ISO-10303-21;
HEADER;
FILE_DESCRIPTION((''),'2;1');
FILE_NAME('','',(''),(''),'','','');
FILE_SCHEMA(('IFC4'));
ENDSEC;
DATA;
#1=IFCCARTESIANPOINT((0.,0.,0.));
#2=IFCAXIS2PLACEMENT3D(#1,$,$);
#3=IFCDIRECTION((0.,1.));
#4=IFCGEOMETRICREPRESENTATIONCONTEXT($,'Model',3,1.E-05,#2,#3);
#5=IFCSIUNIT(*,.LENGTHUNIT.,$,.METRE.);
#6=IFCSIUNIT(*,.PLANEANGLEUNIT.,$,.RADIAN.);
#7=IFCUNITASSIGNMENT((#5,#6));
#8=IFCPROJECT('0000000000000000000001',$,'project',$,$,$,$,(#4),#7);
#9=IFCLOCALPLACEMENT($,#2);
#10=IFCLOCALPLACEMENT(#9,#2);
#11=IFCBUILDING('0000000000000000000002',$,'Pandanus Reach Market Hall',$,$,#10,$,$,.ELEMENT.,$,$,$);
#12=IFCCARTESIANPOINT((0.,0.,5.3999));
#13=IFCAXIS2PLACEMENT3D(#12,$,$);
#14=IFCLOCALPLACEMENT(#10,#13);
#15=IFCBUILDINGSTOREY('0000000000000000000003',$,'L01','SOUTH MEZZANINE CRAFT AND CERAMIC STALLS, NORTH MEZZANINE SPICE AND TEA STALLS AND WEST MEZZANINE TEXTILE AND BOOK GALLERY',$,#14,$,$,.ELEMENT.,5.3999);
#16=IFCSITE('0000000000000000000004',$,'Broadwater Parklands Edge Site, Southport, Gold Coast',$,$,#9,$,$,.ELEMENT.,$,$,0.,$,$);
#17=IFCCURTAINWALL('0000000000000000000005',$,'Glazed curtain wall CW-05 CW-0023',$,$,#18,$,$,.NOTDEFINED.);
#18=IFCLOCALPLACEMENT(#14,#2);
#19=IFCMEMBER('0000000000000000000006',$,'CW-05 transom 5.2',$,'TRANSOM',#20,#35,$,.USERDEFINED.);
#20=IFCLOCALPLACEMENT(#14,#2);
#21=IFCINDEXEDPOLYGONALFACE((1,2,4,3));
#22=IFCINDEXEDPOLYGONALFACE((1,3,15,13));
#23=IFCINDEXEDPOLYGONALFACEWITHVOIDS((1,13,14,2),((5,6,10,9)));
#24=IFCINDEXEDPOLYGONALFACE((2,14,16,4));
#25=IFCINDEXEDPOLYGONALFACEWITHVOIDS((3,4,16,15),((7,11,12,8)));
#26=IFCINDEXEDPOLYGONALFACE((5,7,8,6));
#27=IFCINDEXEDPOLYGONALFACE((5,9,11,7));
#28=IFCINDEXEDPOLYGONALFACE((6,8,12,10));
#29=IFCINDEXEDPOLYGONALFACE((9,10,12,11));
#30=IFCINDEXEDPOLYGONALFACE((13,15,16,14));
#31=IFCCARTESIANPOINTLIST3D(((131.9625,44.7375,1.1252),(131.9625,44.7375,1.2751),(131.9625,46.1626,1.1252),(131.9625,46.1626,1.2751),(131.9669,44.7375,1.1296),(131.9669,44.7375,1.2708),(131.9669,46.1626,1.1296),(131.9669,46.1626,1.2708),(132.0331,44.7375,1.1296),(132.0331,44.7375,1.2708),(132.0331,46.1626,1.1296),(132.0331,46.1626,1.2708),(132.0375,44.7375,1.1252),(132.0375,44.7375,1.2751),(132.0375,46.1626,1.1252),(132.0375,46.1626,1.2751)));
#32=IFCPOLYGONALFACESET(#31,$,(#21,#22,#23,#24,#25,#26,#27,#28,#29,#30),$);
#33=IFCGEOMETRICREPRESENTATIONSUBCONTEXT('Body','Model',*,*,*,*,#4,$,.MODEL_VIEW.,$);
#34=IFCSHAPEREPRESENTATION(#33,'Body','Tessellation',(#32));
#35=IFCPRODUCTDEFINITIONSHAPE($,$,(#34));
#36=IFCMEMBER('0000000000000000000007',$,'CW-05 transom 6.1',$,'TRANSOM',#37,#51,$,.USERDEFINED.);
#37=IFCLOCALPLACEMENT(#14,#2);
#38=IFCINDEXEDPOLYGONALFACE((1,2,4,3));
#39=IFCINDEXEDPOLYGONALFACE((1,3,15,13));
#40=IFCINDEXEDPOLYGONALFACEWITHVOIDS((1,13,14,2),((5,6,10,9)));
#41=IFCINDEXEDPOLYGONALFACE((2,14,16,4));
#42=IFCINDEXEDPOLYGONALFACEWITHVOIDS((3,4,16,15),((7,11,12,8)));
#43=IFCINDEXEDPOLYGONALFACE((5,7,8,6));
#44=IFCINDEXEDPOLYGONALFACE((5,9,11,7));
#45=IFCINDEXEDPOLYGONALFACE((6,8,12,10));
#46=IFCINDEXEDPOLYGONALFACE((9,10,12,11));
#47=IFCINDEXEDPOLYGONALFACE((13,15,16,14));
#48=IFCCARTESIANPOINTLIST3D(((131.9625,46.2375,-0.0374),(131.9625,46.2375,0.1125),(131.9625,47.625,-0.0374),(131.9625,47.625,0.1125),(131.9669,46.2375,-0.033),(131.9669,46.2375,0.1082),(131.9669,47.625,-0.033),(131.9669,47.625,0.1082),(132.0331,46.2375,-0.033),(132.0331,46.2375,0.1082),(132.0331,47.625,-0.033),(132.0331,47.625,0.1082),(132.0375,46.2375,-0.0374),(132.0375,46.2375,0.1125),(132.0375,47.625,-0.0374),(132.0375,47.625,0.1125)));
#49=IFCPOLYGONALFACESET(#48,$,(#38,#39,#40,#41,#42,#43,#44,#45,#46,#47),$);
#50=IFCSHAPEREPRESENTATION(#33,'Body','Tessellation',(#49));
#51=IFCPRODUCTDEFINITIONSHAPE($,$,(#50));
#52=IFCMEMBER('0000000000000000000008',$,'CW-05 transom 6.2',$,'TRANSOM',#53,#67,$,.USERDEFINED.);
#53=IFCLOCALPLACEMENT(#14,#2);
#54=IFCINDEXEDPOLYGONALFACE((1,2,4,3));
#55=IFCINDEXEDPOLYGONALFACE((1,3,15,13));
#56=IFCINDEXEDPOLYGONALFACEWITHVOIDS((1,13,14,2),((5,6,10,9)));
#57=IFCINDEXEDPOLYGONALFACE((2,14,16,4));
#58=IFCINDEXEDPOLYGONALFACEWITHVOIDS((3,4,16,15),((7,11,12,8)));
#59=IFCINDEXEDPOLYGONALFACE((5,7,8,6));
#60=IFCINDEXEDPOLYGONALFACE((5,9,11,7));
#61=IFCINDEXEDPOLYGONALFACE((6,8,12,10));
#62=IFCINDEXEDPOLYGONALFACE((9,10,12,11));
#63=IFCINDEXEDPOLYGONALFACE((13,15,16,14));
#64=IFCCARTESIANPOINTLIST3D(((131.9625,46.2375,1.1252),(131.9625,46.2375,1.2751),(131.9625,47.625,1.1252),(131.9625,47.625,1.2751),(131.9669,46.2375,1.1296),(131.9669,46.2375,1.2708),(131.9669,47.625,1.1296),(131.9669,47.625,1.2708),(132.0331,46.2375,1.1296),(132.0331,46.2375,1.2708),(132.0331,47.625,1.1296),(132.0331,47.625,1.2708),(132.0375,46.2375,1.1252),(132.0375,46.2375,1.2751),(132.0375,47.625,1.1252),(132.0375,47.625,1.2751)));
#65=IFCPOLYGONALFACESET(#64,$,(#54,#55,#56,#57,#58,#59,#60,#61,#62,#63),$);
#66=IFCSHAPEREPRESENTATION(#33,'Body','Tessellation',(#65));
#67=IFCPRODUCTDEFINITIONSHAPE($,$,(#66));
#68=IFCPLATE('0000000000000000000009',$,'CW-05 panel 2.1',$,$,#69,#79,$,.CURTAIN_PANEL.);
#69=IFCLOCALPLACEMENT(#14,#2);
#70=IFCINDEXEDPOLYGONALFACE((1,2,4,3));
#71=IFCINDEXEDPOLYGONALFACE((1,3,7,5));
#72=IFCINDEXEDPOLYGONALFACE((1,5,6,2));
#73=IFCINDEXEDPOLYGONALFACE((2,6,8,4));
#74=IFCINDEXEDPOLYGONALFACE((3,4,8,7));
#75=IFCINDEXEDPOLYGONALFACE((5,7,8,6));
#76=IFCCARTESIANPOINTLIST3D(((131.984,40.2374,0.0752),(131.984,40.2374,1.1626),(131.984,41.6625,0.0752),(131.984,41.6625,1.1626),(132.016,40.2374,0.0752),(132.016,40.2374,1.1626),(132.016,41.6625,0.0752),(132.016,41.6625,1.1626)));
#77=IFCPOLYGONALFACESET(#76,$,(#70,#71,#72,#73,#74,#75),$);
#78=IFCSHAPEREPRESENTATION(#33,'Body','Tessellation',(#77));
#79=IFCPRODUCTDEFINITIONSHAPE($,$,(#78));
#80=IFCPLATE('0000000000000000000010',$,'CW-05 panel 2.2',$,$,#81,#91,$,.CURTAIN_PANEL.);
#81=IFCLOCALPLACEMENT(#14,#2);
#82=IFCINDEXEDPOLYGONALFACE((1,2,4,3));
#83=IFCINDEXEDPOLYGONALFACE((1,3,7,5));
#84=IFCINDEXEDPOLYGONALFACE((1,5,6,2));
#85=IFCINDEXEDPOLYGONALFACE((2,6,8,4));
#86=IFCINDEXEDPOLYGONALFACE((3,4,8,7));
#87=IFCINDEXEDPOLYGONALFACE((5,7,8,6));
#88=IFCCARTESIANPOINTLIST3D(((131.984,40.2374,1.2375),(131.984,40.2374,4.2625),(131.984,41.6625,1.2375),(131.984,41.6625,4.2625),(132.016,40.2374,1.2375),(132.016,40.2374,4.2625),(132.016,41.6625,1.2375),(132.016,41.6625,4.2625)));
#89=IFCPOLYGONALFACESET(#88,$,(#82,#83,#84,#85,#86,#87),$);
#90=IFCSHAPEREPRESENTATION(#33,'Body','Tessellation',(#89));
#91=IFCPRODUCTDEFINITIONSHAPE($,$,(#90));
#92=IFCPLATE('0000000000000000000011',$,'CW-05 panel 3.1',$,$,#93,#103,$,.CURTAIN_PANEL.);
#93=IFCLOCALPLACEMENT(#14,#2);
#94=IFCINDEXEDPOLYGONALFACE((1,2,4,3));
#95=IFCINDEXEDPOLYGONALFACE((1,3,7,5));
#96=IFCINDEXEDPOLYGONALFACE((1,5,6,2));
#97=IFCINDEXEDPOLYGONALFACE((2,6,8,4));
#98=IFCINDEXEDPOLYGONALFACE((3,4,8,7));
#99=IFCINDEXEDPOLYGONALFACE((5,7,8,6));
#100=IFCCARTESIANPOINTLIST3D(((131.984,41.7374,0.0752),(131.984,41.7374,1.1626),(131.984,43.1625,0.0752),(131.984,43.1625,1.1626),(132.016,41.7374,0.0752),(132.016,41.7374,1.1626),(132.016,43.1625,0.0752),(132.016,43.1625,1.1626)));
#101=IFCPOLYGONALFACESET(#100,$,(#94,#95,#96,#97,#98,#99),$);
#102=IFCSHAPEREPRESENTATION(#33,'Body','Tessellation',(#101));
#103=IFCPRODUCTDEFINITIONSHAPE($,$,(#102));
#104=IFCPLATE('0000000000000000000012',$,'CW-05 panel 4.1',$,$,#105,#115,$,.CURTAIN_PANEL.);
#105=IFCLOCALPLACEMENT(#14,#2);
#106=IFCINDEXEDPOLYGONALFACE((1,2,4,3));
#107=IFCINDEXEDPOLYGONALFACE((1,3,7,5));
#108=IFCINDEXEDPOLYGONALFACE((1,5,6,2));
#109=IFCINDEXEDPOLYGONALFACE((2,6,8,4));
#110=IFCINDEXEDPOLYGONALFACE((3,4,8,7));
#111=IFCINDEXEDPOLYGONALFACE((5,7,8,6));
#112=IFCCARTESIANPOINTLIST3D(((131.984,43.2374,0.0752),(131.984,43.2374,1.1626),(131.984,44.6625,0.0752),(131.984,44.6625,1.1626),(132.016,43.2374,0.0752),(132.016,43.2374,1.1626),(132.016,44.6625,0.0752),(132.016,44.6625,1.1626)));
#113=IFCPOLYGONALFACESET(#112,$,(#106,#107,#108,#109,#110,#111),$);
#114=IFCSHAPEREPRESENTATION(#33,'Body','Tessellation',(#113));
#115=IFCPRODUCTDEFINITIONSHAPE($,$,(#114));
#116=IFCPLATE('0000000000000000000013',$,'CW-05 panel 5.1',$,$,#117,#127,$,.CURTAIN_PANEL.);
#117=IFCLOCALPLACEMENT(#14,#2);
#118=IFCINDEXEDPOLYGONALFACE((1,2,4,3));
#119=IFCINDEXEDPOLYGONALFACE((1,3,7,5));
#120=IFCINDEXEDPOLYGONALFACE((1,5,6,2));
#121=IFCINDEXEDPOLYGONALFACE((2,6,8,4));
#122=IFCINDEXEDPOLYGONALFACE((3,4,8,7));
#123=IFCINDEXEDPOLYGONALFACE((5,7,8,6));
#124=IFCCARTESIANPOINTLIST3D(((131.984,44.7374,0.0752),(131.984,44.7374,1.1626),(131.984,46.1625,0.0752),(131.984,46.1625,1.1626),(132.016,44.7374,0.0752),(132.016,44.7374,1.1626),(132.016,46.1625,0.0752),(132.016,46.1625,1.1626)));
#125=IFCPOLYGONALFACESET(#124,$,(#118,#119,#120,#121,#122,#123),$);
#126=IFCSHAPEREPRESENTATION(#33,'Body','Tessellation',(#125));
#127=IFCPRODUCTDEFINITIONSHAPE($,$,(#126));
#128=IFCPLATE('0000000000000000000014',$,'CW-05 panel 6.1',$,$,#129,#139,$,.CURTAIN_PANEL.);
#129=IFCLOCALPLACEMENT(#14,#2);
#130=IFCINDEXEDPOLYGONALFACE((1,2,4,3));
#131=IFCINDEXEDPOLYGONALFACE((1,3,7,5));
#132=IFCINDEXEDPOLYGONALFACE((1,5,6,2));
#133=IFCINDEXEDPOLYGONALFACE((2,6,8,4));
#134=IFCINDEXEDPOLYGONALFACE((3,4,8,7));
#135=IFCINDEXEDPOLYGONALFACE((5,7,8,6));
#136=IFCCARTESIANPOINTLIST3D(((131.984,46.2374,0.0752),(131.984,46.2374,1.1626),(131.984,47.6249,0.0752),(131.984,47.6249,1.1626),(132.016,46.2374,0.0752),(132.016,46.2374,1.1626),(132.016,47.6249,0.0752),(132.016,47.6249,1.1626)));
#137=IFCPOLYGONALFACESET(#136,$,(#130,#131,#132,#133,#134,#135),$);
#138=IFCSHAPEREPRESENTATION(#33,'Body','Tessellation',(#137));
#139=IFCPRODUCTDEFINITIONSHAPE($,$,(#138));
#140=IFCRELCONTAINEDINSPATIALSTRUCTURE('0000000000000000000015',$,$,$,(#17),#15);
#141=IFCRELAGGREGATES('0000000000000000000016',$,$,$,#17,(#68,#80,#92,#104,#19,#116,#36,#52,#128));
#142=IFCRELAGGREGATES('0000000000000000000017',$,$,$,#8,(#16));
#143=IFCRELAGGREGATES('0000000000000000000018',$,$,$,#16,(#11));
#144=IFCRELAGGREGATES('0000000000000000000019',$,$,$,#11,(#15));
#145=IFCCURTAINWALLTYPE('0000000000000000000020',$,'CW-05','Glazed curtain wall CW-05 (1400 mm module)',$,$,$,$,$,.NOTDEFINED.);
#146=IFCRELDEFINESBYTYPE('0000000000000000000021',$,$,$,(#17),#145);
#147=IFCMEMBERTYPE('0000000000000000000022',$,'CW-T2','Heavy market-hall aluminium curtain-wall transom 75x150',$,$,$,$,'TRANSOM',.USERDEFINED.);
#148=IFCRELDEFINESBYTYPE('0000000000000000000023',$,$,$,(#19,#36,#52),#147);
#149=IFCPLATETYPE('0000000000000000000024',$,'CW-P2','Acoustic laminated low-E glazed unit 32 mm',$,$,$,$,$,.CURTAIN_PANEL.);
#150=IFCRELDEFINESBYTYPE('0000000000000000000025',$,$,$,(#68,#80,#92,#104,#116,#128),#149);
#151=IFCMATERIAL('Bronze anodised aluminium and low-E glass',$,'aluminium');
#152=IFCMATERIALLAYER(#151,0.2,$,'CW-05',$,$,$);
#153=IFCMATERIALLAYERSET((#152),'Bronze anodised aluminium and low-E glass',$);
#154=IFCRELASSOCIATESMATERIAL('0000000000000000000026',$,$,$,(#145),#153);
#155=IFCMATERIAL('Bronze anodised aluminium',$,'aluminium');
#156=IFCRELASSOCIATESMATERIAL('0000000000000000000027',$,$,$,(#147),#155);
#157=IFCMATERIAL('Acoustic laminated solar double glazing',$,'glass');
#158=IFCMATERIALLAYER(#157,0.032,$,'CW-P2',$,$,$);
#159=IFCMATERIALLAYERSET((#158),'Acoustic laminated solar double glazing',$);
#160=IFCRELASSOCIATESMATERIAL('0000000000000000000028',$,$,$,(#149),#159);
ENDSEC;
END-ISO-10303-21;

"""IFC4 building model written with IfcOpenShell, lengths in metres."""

from ifc_helpers import new_model, si_unit, direction, frame, origin, origin_2d, place, context, subcontext, project, spatial, rectangle, hollow_rectangle, extrude, material, layer, layer_set, material_profile, profile_set, type_object, element, aggregate, save


model = new_model("IFC4")

# Units and contexts
model_context = context("Model", 3, precision=1e-05, world=origin(), true_north=direction((0.0, 1.0)))
body_context = subcontext(model_context, "Body", "Model", "MODEL_VIEW")
ifc_project = project(units=[si_unit("LENGTHUNIT", "METRE"), si_unit("PLANEANGLEUNIT", "RADIAN")], contexts=[model_context])

# Site, building, storey
site_placement = place(None, origin())
site = spatial("IfcSite", under=ifc_project, at=site_placement, Name="Broadwater Parklands Edge Site, Southport, Gold Coast", CompositionType="ELEMENT", RefElevation=0.0)
building_placement = place(site_placement, origin())
building = spatial("IfcBuilding", under=site, at=building_placement, Name="Pandanus Reach Market Hall", CompositionType="ELEMENT")
storey_placement = place(building_placement, frame((0.0, 0.0, 5.3999)))
storey = spatial("IfcBuildingStorey", under=building, at=storey_placement, Name="L01", Description="SOUTH MEZZANINE CRAFT AND CERAMIC STALLS, NORTH MEZZANINE SPICE AND TEA STALLS AND WEST MEZZANINE TEXTILE AND BOOK GALLERY", CompositionType="ELEMENT", Elevation=5.3999)

# Curtain wall, members, plates
ifc_material_1 = material(Name="Bronze anodised aluminium and low-E glass", Category="aluminium")
ifc_layer_1 = layer(ifc_material_1, 0.2, Name="CW-05")
ifc_layer_set_1 = layer_set([ifc_layer_1], Name="Bronze anodised aluminium and low-E glass")
curtain_wall_type = type_object("IfcCurtainWallType", Name="CW-05", Description="Glazed curtain wall CW-05 (1400 mm module)", PredefinedType="NOTDEFINED", material=ifc_layer_set_1)
curtain_wall_placement = place(storey_placement, origin())
curtain_wall = element("IfcCurtainWall", 1, at=curtain_wall_placement, inside=storey, type_object=curtain_wall_type, Name="Glazed curtain wall CW-05 CW-0023", PredefinedType="NOTDEFINED")
ifc_material_2 = material(Name="Bronze anodised aluminium", Category="aluminium")
ifc_material_profile_1 = material_profile(ifc_material_2, hollow_rectangle(XDim=0.075, YDim=0.1499, WallThickness=0.0044, at=origin_2d()), Name="ALU75x150", Category="LoadBearing")
ifc_profile_set_1 = profile_set([ifc_material_profile_1], Name="Bronze anodised aluminium")
member_type_1 = type_object("IfcMemberType", Name="CW-T2", Description="Heavy market-hall aluminium curtain-wall transom 75x150", ElementType="TRANSOM", PredefinedType="USERDEFINED", material=ifc_profile_set_1)
member_1_placement = place(storey_placement, frame((132.0, 44.7375, 1.2002), z_axis=(0.0, 1.0, 0.0), x_axis=(-1.0, 0.0, 0.0)))
member_1 = element("IfcMember", 2, at=member_1_placement, type_object=member_type_1, Name="CW-05 transom 5.2", ObjectType="TRANSOM", PredefinedType="USERDEFINED", context=body_context, shape_type="SweptSolid", body=[
    extrude(hollow_rectangle(XDim=0.075, YDim=0.1499, WallThickness=0.0044, at=origin_2d()), origin(), (0.0, 0.0, 1.0), 1.425),
])
member_2_placement = place(storey_placement, frame((132.0, 46.2375, 0.0376), z_axis=(0.0, 1.0, 0.0), x_axis=(-1.0, 0.0, 0.0)))
member_2 = element("IfcMember", 3, at=member_2_placement, type_object=member_type_1, Name="CW-05 transom 6.1", ObjectType="TRANSOM", PredefinedType="USERDEFINED", context=body_context, shape_type="SweptSolid", body=[
    extrude(hollow_rectangle(XDim=0.075, YDim=0.1499, WallThickness=0.0044, at=origin_2d()), origin(), (0.0, 0.0, 1.0), 1.3875),
])
member_3_placement = place(storey_placement, frame((132.0, 46.2375, 1.2002), z_axis=(0.0, 1.0, 0.0), x_axis=(-1.0, 0.0, 0.0)))
member_3 = element("IfcMember", 4, at=member_3_placement, type_object=member_type_1, Name="CW-05 transom 6.2", ObjectType="TRANSOM", PredefinedType="USERDEFINED", context=body_context, shape_type="SweptSolid", body=[
    extrude(hollow_rectangle(XDim=0.075, YDim=0.1499, WallThickness=0.0044, at=origin_2d()), origin(), (0.0, 0.0, 1.0), 1.3875),
])
ifc_material_3 = material(Name="Acoustic laminated solar double glazing", Category="glass")
ifc_layer_2 = layer(ifc_material_3, 0.032, Name="CW-P2")
ifc_layer_set_2 = layer_set([ifc_layer_2], Name="Acoustic laminated solar double glazing")
plate_type = type_object("IfcPlateType", Name="CW-P2", Description="Acoustic laminated low-E glazed unit 32 mm", PredefinedType="CURTAIN_PANEL", material=ifc_layer_set_2)
plate_1_placement = place(storey_placement, frame((132.0, 40.95, 0.0752), z_axis=(0.0, 0.0, 1.0), x_axis=(0.0, 1.0, 0.0)))
plate_1 = element("IfcPlate", 5, at=plate_1_placement, type_object=plate_type, Name="CW-05 panel 2.1", PredefinedType="CURTAIN_PANEL", context=body_context, shape_type="SweptSolid", body=[
    extrude(rectangle(XDim=1.425, YDim=0.032, at=origin_2d()), origin(), (0.0, 0.0, 1.0), 1.0874),
])
plate_2_placement = place(storey_placement, frame((132.0, 40.95, 1.2375), z_axis=(0.0, 0.0, 1.0), x_axis=(0.0, 1.0, 0.0)))
plate_2 = element("IfcPlate", 6, at=plate_2_placement, type_object=plate_type, Name="CW-05 panel 2.2", PredefinedType="CURTAIN_PANEL", context=body_context, shape_type="SweptSolid", body=[
    extrude(rectangle(XDim=1.425, YDim=0.032, at=origin_2d()), origin(), (0.0, 0.0, 1.0), 3.0249),
])
plate_3_placement = place(storey_placement, frame((132.0, 42.45, 0.0752), z_axis=(0.0, 0.0, 1.0), x_axis=(0.0, 1.0, 0.0)))
plate_3 = element("IfcPlate", 7, at=plate_3_placement, type_object=plate_type, Name="CW-05 panel 3.1", PredefinedType="CURTAIN_PANEL", context=body_context, shape_type="SweptSolid", body=[
    extrude(rectangle(XDim=1.425, YDim=0.032, at=origin_2d()), origin(), (0.0, 0.0, 1.0), 1.0874),
])
plate_4_placement = place(storey_placement, frame((132.0, 43.95, 0.0752), z_axis=(0.0, 0.0, 1.0), x_axis=(0.0, 1.0, 0.0)))
plate_4 = element("IfcPlate", 8, at=plate_4_placement, type_object=plate_type, Name="CW-05 panel 4.1", PredefinedType="CURTAIN_PANEL", context=body_context, shape_type="SweptSolid", body=[
    extrude(rectangle(XDim=1.425, YDim=0.032, at=origin_2d()), origin(), (0.0, 0.0, 1.0), 1.0874),
])
plate_5_placement = place(storey_placement, frame((132.0, 45.45, 0.0752), z_axis=(0.0, 0.0, 1.0), x_axis=(0.0, 1.0, 0.0)))
plate_5 = element("IfcPlate", 9, at=plate_5_placement, type_object=plate_type, Name="CW-05 panel 5.1", PredefinedType="CURTAIN_PANEL", context=body_context, shape_type="SweptSolid", body=[
    extrude(rectangle(XDim=1.425, YDim=0.032, at=origin_2d()), origin(), (0.0, 0.0, 1.0), 1.0874),
])
plate_6_placement = place(storey_placement, frame((132.0, 46.9312, 0.0752), z_axis=(0.0, 0.0, 1.0), x_axis=(0.0, 1.0, 0.0)))
plate_6 = element("IfcPlate", 10, at=plate_6_placement, type_object=plate_type, Name="CW-05 panel 6.1", PredefinedType="CURTAIN_PANEL", context=body_context, shape_type="SweptSolid", body=[
    extrude(rectangle(XDim=1.3875, YDim=0.032, at=origin_2d()), origin(), (0.0, 0.0, 1.0), 1.0874),
])
aggregate(curtain_wall, [plate_1, plate_2, plate_3, plate_4, member_1, plate_5, member_2, member_3, plate_6])

save(model, "model.ifc")
